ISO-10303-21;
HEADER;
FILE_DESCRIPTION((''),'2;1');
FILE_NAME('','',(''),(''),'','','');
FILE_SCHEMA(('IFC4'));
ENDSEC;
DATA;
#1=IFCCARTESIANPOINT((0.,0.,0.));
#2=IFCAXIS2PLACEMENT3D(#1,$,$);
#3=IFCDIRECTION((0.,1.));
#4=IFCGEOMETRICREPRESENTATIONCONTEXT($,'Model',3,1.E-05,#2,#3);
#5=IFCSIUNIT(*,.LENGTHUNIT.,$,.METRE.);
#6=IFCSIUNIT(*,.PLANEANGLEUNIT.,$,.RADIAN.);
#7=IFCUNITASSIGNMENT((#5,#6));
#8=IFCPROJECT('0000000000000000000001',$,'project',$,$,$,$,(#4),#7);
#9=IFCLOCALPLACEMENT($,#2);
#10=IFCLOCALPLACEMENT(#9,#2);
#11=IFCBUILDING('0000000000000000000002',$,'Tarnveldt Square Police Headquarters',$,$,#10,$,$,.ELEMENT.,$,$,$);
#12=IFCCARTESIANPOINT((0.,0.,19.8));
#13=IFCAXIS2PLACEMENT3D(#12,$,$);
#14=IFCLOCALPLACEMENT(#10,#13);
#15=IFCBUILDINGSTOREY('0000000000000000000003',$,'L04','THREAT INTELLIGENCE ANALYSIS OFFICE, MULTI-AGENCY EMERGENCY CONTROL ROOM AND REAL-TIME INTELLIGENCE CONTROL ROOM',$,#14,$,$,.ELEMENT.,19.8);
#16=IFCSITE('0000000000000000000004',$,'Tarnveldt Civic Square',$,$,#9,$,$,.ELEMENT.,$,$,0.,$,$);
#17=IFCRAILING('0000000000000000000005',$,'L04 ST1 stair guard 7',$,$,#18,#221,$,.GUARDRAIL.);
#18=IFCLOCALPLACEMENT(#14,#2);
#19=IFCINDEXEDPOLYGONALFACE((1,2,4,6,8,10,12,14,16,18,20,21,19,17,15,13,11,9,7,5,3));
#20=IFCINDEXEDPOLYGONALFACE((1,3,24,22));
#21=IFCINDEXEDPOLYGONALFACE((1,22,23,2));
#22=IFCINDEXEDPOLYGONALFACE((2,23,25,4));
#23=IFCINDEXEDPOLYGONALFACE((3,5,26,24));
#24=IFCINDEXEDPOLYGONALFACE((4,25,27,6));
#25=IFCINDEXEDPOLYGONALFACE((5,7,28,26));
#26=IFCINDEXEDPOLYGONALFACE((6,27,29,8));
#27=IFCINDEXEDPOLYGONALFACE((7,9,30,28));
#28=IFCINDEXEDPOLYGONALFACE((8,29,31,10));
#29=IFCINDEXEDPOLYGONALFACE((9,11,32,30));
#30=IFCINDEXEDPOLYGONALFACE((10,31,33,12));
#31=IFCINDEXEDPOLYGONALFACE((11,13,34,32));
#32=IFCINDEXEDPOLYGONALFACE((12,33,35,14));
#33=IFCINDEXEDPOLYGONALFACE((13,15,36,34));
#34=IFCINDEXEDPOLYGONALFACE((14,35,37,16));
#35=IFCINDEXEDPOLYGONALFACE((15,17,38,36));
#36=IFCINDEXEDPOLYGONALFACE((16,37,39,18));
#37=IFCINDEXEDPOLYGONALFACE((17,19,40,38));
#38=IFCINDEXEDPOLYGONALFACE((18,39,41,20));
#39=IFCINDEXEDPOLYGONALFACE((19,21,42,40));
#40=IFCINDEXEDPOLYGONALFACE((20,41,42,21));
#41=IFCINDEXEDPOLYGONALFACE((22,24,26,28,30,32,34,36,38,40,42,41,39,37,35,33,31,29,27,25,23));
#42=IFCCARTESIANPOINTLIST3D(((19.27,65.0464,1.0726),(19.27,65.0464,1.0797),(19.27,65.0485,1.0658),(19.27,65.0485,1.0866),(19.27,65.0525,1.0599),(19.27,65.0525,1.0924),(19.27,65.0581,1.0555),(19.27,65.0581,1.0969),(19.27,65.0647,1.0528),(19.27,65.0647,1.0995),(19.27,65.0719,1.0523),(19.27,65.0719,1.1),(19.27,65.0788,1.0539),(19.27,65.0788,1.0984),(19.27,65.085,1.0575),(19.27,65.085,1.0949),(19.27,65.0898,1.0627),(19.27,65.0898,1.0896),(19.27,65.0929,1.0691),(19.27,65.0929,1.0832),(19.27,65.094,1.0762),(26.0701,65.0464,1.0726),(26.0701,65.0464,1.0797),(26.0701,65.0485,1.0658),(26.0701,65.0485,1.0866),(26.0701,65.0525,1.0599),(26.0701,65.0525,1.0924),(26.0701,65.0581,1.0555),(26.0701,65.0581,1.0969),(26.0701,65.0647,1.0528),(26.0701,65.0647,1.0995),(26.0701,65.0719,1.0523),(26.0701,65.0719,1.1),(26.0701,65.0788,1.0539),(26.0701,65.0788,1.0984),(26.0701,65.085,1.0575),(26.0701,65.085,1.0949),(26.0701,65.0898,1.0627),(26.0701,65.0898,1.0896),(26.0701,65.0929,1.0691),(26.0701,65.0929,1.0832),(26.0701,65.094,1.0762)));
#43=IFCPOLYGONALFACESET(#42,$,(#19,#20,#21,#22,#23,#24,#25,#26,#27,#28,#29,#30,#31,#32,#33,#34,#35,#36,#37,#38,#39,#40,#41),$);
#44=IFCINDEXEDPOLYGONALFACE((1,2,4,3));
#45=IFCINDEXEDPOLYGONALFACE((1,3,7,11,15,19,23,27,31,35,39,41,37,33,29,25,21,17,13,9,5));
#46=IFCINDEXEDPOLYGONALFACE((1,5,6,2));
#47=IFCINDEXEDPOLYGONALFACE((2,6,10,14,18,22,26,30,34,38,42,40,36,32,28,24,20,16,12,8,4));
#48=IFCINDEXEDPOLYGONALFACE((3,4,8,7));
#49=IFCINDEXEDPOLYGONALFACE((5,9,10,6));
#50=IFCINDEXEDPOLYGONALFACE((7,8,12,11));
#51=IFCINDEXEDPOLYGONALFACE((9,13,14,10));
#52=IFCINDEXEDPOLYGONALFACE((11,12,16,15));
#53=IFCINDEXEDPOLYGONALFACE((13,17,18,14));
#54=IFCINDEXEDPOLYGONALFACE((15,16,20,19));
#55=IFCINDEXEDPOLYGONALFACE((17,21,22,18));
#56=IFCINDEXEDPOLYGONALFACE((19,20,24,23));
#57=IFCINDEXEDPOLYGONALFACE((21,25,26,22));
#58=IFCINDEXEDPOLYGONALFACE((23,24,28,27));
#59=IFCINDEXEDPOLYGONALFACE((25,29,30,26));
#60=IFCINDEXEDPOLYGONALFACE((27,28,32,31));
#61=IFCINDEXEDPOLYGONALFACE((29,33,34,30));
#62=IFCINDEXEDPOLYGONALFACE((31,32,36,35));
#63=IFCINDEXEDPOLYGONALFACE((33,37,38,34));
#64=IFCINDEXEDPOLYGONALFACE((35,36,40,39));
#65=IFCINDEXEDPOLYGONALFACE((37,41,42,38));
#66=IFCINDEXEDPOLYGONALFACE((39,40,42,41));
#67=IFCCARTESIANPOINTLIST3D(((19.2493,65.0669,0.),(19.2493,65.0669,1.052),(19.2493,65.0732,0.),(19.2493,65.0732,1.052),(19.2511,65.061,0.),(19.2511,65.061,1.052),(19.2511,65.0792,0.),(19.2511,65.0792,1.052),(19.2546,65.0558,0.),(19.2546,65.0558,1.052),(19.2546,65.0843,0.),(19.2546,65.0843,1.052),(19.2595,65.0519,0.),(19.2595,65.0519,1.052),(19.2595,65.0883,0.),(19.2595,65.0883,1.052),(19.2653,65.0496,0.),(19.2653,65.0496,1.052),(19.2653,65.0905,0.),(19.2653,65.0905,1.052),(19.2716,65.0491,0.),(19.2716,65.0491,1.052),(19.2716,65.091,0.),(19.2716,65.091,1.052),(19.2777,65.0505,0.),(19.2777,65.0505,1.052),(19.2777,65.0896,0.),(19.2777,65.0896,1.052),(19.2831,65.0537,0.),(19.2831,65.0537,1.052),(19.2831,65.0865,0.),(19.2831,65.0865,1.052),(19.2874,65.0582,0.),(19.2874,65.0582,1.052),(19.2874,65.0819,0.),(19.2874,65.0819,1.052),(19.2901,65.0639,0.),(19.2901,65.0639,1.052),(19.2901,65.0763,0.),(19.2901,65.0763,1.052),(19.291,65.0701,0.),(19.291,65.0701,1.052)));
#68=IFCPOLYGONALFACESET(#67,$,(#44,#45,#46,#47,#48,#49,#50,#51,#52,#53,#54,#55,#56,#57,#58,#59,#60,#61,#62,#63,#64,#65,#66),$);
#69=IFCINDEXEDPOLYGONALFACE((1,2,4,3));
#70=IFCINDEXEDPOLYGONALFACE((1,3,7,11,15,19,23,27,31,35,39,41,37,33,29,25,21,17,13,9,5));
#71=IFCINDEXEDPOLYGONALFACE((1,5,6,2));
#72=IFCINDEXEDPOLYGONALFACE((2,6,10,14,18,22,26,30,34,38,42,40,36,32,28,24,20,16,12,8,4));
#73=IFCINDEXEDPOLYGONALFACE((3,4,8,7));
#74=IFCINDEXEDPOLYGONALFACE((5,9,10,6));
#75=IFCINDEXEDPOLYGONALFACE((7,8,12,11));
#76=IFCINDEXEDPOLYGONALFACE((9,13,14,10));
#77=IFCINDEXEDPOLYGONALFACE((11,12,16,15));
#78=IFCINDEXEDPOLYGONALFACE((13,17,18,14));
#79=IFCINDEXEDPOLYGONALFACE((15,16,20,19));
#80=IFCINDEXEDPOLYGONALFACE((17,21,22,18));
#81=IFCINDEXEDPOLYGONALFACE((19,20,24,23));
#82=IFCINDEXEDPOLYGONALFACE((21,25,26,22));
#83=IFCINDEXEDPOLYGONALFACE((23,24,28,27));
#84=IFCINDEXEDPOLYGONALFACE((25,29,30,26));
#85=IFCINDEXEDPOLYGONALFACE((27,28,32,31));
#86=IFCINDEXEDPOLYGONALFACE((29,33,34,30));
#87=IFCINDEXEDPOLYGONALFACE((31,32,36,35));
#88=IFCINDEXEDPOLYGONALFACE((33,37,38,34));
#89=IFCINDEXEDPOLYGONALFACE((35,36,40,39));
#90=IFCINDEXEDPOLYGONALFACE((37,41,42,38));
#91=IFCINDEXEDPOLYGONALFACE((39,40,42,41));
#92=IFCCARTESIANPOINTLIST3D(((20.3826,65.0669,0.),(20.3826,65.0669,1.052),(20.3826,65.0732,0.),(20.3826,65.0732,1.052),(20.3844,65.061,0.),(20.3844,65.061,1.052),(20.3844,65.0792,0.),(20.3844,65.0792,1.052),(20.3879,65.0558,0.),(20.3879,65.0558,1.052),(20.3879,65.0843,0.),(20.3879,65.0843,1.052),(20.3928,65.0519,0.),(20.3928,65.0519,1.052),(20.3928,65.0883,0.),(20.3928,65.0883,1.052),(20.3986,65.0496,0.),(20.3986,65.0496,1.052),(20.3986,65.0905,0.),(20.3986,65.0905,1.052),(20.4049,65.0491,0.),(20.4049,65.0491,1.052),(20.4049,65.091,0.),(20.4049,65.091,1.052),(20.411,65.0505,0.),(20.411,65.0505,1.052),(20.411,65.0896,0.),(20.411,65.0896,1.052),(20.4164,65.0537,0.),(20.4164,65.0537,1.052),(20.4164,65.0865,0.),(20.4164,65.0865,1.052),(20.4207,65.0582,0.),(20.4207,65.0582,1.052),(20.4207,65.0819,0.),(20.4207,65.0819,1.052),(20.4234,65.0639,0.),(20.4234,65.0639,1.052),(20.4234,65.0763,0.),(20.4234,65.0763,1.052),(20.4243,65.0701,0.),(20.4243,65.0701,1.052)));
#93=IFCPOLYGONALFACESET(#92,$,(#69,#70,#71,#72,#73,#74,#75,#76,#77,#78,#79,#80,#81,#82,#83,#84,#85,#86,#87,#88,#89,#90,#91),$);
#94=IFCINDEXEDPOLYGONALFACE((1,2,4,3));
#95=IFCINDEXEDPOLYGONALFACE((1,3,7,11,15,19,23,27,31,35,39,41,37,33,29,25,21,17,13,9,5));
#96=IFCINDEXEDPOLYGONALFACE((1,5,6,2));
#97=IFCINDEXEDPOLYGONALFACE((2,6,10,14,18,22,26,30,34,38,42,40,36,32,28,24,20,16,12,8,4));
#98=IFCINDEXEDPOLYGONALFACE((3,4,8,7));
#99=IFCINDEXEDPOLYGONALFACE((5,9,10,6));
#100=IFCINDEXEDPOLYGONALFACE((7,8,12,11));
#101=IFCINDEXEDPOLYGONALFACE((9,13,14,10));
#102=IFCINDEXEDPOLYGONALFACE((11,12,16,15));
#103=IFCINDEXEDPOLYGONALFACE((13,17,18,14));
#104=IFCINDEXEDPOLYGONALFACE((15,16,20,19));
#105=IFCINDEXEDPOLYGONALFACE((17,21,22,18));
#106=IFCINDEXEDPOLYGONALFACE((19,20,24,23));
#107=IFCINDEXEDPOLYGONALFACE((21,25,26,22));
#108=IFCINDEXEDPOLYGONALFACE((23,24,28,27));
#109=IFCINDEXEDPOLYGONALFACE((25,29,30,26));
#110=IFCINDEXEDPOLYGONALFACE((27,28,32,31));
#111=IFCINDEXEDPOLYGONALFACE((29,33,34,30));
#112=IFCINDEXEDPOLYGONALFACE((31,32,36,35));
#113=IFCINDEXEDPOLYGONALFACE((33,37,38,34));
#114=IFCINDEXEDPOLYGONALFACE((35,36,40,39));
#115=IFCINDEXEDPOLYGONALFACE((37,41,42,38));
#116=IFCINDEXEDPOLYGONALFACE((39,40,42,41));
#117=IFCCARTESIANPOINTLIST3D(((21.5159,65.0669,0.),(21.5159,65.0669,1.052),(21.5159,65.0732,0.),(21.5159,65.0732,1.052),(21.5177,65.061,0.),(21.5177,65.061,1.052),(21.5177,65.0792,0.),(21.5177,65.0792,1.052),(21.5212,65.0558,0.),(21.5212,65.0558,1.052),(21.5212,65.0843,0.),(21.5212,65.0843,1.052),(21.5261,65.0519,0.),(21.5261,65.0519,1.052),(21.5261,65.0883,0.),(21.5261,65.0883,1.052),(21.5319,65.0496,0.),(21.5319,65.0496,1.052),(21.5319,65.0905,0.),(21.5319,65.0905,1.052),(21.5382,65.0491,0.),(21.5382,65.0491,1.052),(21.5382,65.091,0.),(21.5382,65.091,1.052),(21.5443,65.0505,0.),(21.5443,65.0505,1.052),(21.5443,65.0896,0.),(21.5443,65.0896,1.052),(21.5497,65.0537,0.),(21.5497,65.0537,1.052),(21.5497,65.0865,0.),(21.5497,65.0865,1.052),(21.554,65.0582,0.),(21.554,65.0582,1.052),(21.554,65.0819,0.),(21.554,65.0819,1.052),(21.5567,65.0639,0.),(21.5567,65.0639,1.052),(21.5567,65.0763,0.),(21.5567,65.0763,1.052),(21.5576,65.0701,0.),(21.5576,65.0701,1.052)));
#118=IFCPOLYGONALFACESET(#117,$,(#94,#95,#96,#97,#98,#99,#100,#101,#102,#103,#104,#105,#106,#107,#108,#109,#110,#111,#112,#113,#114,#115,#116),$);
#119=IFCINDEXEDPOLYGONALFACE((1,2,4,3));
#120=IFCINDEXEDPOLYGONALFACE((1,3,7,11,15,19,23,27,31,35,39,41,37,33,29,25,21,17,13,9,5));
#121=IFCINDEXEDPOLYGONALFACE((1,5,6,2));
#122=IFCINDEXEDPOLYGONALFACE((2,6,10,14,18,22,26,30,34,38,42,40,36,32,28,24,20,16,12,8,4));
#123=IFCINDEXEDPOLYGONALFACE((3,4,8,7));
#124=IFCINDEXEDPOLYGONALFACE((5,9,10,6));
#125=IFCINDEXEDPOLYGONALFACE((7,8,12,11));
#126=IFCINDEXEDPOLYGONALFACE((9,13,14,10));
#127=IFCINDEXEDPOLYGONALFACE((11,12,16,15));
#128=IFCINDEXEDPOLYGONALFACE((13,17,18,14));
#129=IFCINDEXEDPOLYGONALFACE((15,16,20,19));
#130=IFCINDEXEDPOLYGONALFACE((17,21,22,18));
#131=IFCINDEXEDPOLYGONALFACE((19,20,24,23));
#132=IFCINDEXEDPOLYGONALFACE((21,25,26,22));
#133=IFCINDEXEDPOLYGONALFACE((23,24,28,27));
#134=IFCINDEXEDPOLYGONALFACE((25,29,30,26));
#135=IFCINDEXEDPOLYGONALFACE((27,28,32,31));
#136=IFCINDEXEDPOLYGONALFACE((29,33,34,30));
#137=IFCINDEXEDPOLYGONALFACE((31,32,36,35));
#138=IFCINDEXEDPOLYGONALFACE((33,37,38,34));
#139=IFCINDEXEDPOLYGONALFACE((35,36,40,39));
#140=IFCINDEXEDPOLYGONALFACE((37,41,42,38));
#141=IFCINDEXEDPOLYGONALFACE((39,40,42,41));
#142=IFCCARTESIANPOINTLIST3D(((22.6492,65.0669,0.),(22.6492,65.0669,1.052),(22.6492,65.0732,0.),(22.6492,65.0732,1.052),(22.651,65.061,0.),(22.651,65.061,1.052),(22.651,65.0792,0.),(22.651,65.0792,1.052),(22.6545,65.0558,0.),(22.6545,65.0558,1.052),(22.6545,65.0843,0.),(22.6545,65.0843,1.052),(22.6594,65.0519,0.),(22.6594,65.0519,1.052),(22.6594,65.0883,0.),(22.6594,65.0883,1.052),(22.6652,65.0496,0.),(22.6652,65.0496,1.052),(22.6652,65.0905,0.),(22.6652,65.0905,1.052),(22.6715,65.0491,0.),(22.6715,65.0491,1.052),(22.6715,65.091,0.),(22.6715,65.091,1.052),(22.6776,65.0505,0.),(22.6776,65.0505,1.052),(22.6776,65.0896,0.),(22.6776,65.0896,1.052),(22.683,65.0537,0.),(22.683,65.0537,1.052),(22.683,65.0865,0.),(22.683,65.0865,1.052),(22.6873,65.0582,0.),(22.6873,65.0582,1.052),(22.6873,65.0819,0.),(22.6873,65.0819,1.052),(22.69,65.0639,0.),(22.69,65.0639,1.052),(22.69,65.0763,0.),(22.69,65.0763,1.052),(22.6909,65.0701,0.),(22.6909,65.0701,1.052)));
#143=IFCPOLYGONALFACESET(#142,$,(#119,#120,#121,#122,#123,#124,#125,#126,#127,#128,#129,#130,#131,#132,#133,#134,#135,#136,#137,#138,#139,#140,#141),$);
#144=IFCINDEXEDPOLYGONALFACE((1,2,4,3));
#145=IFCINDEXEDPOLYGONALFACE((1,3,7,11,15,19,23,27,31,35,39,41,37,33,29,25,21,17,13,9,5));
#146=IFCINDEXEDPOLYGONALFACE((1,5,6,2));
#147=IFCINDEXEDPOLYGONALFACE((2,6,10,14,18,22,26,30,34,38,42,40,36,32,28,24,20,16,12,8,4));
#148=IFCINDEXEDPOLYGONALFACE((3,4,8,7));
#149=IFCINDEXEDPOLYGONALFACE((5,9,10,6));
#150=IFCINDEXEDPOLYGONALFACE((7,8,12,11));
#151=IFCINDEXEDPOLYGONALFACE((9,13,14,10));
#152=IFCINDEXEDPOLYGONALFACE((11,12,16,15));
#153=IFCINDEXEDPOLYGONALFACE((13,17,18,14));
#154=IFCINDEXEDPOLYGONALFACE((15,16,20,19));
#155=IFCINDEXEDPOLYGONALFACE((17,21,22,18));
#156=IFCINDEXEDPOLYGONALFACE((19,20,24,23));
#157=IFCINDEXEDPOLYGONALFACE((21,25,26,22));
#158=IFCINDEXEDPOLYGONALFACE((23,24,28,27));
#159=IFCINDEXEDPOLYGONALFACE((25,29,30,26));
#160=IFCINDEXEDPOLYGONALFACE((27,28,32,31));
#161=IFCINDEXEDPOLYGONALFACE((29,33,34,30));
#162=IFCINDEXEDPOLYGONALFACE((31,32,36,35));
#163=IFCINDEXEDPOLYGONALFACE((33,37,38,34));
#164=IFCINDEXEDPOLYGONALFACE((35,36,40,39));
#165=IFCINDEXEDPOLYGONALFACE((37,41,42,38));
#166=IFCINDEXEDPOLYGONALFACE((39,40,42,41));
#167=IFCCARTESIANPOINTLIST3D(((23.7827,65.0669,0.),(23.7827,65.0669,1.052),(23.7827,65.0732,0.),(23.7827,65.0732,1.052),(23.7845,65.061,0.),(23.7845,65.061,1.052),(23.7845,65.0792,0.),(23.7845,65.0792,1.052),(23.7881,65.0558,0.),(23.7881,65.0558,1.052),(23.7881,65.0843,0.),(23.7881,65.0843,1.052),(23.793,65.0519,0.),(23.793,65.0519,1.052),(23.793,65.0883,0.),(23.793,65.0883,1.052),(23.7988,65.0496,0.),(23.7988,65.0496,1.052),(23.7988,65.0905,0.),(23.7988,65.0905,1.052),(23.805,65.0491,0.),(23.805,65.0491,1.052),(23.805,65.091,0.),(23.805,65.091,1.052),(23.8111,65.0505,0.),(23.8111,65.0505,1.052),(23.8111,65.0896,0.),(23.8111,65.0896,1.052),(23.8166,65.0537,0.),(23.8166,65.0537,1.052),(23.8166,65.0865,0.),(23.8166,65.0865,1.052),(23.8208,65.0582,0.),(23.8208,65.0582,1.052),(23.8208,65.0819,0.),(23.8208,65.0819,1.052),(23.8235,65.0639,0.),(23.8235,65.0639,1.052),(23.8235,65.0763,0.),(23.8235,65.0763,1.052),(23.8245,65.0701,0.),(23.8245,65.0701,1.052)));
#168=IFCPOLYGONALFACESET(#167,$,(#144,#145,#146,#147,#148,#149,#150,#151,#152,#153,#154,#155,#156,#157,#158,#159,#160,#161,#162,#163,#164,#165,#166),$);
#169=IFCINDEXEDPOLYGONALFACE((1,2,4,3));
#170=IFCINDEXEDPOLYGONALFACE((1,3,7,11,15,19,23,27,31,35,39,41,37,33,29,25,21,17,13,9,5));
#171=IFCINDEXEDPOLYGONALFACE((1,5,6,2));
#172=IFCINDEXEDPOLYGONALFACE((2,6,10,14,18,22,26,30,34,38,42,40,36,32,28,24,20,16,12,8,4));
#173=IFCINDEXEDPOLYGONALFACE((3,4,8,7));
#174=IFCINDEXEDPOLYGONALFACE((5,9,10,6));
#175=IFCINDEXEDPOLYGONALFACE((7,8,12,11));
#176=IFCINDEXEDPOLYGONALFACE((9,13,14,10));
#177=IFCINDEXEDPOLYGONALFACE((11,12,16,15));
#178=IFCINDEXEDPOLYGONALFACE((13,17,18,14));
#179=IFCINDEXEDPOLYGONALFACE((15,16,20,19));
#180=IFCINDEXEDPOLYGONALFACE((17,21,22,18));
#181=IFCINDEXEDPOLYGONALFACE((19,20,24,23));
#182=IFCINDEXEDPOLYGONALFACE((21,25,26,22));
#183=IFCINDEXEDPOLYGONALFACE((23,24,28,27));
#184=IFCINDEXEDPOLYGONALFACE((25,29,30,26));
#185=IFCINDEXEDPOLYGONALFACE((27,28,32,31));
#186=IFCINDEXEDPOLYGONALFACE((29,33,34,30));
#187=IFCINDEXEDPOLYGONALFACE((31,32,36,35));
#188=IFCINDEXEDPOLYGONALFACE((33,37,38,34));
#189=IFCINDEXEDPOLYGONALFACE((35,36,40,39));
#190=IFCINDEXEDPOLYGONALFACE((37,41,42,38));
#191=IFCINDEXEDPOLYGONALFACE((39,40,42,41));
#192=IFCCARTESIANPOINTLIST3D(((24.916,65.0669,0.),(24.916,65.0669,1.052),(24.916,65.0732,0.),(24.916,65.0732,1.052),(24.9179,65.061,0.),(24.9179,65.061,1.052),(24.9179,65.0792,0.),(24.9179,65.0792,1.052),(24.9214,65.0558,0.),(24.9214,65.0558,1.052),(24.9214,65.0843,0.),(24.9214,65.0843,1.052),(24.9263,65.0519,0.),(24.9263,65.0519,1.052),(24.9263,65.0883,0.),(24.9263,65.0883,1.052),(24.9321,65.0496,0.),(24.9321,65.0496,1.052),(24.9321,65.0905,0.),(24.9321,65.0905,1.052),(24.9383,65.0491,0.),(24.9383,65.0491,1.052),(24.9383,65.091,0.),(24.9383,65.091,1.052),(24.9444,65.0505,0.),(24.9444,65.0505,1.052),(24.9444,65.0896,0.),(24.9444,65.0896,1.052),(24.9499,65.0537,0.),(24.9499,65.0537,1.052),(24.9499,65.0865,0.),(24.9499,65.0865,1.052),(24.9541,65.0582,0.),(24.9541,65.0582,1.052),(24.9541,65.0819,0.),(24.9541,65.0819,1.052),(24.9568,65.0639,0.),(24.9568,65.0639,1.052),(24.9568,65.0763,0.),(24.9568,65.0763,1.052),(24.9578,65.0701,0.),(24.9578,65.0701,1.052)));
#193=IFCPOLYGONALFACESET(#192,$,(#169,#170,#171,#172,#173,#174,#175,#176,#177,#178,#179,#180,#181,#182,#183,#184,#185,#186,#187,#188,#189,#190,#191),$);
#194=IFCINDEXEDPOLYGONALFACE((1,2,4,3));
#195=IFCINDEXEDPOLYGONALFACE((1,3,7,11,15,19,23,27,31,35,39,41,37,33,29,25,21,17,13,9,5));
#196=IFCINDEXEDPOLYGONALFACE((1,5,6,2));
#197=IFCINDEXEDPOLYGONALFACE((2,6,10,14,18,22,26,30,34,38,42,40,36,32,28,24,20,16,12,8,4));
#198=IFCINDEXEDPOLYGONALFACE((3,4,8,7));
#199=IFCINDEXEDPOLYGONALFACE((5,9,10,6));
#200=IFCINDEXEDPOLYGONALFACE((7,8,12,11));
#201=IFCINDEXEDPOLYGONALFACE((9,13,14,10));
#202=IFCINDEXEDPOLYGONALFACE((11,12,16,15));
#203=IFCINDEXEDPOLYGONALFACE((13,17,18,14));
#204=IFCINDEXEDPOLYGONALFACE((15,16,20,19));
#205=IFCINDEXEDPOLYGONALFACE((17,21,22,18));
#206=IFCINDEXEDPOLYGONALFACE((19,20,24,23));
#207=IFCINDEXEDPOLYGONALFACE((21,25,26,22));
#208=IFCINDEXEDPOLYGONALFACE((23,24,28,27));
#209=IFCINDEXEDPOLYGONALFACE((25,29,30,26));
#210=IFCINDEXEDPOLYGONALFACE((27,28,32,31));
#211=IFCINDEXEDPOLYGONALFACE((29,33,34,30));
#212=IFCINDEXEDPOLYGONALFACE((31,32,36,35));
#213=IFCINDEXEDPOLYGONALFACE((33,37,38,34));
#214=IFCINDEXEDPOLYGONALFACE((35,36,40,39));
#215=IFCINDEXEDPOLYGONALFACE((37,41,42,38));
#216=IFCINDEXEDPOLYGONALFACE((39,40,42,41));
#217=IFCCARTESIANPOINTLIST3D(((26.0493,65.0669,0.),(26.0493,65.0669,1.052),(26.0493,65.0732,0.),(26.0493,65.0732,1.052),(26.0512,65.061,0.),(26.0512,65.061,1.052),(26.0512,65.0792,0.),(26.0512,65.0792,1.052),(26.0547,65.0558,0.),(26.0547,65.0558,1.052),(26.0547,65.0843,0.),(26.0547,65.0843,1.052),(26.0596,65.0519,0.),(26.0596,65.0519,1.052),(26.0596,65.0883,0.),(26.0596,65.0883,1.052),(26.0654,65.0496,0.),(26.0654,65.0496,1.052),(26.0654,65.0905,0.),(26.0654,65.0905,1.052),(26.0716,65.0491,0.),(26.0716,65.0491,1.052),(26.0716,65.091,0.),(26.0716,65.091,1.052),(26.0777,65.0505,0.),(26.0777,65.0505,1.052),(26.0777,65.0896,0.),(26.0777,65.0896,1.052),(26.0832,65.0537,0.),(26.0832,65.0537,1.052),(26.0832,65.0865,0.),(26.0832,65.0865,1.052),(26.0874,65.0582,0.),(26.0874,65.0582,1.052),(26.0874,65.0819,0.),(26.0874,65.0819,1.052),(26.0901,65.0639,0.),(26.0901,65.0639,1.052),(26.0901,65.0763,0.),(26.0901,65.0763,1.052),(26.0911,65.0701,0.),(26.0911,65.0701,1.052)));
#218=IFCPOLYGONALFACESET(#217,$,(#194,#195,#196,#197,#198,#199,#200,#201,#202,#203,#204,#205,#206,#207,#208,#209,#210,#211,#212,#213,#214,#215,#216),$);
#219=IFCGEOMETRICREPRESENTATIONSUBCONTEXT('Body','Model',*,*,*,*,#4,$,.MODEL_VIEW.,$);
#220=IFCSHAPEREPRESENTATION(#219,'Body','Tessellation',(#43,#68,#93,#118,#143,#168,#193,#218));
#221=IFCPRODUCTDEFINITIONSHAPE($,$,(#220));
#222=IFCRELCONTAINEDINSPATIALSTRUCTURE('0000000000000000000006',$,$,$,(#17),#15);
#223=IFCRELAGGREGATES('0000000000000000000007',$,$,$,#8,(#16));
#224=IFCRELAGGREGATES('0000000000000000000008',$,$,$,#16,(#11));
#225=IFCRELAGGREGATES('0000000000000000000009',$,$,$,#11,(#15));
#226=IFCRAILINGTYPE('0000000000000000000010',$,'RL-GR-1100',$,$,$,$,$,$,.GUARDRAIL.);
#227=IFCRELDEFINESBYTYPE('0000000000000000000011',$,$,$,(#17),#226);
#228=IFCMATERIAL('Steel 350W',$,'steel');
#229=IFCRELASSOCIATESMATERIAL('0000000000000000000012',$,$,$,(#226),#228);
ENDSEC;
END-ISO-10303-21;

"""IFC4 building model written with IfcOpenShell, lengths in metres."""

from ifc_helpers import new_model, si_unit, direction, frame, origin, origin_2d, place, context, subcontext, project, spatial, circle, extrude, material, type_object, element, save


model = new_model("IFC4")

# Units and contexts
model_context = context("Model", 3, precision=1e-05, world=origin(), true_north=direction((0.0, 1.0)))
body_context = subcontext(model_context, "Body", "Model", "MODEL_VIEW")
ifc_project = project(units=[si_unit("LENGTHUNIT", "METRE"), si_unit("PLANEANGLEUNIT", "RADIAN")], contexts=[model_context])

# Site, building, storey
site_placement = place(None, origin())
site = spatial("IfcSite", under=ifc_project, at=site_placement, Name="Tarnveldt Civic Square", CompositionType="ELEMENT", RefElevation=0.0)
building_placement = place(site_placement, origin())
building = spatial("IfcBuilding", under=site, at=building_placement, Name="Tarnveldt Square Police Headquarters", CompositionType="ELEMENT")
storey_placement = place(building_placement, frame((0.0, 0.0, 19.8)))
storey = spatial("IfcBuildingStorey", under=building, at=storey_placement, Name="L04", Description="THREAT INTELLIGENCE ANALYSIS OFFICE, MULTI-AGENCY EMERGENCY CONTROL ROOM AND REAL-TIME INTELLIGENCE CONTROL ROOM", CompositionType="ELEMENT", Elevation=19.8)

# Shared definitions
ifc_material_1 = material(Name="Steel 350W", Category="steel")

# Railing
railing_type = type_object("IfcRailingType", Name="RL-GR-1100", PredefinedType="GUARDRAIL", material=ifc_material_1)
railing_placement = place(storey_placement, frame((19.27, 65.0701, 0.0)))
element("IfcRailing", 1, at=railing_placement, inside=storey, type_object=railing_type, Name="L04 ST1 stair guard 7", PredefinedType="GUARDRAIL", context=body_context, shape_type="SweptSolid", body=[
    extrude(circle(Radius=0.0239, at=origin_2d()), frame((0.0, 0.0, 1.0762), z_axis=(1.0, 0.0, 0.0), x_axis=(0.0, 1.0, 0.0)), (0.0, 0.0, 1.0), 6.8),
    extrude(circle(Radius=0.021, at=origin_2d()), origin(), (0.0, 0.0, 1.0), 1.052),
    extrude(circle(Radius=0.021, at=origin_2d()), frame((1.1333, 0.0, 0.0)), (0.0, 0.0, 1.0), 1.052),
    extrude(circle(Radius=0.021, at=origin_2d()), frame((2.2666, 0.0, 0.0)), (0.0, 0.0, 1.0), 1.052),
    extrude(circle(Radius=0.021, at=origin_2d()), frame((3.3999, 0.0, 0.0)), (0.0, 0.0, 1.0), 1.052),
    extrude(circle(Radius=0.021, at=origin_2d()), frame((4.5334, 0.0, 0.0)), (0.0, 0.0, 1.0), 1.052),
    extrude(circle(Radius=0.021, at=origin_2d()), frame((5.6667, 0.0, 0.0)), (0.0, 0.0, 1.0), 1.052),
    extrude(circle(Radius=0.021, at=origin_2d()), frame((6.8, 0.0, 0.0)), (0.0, 0.0, 1.0), 1.052),
])

save(model, "model.ifc")
